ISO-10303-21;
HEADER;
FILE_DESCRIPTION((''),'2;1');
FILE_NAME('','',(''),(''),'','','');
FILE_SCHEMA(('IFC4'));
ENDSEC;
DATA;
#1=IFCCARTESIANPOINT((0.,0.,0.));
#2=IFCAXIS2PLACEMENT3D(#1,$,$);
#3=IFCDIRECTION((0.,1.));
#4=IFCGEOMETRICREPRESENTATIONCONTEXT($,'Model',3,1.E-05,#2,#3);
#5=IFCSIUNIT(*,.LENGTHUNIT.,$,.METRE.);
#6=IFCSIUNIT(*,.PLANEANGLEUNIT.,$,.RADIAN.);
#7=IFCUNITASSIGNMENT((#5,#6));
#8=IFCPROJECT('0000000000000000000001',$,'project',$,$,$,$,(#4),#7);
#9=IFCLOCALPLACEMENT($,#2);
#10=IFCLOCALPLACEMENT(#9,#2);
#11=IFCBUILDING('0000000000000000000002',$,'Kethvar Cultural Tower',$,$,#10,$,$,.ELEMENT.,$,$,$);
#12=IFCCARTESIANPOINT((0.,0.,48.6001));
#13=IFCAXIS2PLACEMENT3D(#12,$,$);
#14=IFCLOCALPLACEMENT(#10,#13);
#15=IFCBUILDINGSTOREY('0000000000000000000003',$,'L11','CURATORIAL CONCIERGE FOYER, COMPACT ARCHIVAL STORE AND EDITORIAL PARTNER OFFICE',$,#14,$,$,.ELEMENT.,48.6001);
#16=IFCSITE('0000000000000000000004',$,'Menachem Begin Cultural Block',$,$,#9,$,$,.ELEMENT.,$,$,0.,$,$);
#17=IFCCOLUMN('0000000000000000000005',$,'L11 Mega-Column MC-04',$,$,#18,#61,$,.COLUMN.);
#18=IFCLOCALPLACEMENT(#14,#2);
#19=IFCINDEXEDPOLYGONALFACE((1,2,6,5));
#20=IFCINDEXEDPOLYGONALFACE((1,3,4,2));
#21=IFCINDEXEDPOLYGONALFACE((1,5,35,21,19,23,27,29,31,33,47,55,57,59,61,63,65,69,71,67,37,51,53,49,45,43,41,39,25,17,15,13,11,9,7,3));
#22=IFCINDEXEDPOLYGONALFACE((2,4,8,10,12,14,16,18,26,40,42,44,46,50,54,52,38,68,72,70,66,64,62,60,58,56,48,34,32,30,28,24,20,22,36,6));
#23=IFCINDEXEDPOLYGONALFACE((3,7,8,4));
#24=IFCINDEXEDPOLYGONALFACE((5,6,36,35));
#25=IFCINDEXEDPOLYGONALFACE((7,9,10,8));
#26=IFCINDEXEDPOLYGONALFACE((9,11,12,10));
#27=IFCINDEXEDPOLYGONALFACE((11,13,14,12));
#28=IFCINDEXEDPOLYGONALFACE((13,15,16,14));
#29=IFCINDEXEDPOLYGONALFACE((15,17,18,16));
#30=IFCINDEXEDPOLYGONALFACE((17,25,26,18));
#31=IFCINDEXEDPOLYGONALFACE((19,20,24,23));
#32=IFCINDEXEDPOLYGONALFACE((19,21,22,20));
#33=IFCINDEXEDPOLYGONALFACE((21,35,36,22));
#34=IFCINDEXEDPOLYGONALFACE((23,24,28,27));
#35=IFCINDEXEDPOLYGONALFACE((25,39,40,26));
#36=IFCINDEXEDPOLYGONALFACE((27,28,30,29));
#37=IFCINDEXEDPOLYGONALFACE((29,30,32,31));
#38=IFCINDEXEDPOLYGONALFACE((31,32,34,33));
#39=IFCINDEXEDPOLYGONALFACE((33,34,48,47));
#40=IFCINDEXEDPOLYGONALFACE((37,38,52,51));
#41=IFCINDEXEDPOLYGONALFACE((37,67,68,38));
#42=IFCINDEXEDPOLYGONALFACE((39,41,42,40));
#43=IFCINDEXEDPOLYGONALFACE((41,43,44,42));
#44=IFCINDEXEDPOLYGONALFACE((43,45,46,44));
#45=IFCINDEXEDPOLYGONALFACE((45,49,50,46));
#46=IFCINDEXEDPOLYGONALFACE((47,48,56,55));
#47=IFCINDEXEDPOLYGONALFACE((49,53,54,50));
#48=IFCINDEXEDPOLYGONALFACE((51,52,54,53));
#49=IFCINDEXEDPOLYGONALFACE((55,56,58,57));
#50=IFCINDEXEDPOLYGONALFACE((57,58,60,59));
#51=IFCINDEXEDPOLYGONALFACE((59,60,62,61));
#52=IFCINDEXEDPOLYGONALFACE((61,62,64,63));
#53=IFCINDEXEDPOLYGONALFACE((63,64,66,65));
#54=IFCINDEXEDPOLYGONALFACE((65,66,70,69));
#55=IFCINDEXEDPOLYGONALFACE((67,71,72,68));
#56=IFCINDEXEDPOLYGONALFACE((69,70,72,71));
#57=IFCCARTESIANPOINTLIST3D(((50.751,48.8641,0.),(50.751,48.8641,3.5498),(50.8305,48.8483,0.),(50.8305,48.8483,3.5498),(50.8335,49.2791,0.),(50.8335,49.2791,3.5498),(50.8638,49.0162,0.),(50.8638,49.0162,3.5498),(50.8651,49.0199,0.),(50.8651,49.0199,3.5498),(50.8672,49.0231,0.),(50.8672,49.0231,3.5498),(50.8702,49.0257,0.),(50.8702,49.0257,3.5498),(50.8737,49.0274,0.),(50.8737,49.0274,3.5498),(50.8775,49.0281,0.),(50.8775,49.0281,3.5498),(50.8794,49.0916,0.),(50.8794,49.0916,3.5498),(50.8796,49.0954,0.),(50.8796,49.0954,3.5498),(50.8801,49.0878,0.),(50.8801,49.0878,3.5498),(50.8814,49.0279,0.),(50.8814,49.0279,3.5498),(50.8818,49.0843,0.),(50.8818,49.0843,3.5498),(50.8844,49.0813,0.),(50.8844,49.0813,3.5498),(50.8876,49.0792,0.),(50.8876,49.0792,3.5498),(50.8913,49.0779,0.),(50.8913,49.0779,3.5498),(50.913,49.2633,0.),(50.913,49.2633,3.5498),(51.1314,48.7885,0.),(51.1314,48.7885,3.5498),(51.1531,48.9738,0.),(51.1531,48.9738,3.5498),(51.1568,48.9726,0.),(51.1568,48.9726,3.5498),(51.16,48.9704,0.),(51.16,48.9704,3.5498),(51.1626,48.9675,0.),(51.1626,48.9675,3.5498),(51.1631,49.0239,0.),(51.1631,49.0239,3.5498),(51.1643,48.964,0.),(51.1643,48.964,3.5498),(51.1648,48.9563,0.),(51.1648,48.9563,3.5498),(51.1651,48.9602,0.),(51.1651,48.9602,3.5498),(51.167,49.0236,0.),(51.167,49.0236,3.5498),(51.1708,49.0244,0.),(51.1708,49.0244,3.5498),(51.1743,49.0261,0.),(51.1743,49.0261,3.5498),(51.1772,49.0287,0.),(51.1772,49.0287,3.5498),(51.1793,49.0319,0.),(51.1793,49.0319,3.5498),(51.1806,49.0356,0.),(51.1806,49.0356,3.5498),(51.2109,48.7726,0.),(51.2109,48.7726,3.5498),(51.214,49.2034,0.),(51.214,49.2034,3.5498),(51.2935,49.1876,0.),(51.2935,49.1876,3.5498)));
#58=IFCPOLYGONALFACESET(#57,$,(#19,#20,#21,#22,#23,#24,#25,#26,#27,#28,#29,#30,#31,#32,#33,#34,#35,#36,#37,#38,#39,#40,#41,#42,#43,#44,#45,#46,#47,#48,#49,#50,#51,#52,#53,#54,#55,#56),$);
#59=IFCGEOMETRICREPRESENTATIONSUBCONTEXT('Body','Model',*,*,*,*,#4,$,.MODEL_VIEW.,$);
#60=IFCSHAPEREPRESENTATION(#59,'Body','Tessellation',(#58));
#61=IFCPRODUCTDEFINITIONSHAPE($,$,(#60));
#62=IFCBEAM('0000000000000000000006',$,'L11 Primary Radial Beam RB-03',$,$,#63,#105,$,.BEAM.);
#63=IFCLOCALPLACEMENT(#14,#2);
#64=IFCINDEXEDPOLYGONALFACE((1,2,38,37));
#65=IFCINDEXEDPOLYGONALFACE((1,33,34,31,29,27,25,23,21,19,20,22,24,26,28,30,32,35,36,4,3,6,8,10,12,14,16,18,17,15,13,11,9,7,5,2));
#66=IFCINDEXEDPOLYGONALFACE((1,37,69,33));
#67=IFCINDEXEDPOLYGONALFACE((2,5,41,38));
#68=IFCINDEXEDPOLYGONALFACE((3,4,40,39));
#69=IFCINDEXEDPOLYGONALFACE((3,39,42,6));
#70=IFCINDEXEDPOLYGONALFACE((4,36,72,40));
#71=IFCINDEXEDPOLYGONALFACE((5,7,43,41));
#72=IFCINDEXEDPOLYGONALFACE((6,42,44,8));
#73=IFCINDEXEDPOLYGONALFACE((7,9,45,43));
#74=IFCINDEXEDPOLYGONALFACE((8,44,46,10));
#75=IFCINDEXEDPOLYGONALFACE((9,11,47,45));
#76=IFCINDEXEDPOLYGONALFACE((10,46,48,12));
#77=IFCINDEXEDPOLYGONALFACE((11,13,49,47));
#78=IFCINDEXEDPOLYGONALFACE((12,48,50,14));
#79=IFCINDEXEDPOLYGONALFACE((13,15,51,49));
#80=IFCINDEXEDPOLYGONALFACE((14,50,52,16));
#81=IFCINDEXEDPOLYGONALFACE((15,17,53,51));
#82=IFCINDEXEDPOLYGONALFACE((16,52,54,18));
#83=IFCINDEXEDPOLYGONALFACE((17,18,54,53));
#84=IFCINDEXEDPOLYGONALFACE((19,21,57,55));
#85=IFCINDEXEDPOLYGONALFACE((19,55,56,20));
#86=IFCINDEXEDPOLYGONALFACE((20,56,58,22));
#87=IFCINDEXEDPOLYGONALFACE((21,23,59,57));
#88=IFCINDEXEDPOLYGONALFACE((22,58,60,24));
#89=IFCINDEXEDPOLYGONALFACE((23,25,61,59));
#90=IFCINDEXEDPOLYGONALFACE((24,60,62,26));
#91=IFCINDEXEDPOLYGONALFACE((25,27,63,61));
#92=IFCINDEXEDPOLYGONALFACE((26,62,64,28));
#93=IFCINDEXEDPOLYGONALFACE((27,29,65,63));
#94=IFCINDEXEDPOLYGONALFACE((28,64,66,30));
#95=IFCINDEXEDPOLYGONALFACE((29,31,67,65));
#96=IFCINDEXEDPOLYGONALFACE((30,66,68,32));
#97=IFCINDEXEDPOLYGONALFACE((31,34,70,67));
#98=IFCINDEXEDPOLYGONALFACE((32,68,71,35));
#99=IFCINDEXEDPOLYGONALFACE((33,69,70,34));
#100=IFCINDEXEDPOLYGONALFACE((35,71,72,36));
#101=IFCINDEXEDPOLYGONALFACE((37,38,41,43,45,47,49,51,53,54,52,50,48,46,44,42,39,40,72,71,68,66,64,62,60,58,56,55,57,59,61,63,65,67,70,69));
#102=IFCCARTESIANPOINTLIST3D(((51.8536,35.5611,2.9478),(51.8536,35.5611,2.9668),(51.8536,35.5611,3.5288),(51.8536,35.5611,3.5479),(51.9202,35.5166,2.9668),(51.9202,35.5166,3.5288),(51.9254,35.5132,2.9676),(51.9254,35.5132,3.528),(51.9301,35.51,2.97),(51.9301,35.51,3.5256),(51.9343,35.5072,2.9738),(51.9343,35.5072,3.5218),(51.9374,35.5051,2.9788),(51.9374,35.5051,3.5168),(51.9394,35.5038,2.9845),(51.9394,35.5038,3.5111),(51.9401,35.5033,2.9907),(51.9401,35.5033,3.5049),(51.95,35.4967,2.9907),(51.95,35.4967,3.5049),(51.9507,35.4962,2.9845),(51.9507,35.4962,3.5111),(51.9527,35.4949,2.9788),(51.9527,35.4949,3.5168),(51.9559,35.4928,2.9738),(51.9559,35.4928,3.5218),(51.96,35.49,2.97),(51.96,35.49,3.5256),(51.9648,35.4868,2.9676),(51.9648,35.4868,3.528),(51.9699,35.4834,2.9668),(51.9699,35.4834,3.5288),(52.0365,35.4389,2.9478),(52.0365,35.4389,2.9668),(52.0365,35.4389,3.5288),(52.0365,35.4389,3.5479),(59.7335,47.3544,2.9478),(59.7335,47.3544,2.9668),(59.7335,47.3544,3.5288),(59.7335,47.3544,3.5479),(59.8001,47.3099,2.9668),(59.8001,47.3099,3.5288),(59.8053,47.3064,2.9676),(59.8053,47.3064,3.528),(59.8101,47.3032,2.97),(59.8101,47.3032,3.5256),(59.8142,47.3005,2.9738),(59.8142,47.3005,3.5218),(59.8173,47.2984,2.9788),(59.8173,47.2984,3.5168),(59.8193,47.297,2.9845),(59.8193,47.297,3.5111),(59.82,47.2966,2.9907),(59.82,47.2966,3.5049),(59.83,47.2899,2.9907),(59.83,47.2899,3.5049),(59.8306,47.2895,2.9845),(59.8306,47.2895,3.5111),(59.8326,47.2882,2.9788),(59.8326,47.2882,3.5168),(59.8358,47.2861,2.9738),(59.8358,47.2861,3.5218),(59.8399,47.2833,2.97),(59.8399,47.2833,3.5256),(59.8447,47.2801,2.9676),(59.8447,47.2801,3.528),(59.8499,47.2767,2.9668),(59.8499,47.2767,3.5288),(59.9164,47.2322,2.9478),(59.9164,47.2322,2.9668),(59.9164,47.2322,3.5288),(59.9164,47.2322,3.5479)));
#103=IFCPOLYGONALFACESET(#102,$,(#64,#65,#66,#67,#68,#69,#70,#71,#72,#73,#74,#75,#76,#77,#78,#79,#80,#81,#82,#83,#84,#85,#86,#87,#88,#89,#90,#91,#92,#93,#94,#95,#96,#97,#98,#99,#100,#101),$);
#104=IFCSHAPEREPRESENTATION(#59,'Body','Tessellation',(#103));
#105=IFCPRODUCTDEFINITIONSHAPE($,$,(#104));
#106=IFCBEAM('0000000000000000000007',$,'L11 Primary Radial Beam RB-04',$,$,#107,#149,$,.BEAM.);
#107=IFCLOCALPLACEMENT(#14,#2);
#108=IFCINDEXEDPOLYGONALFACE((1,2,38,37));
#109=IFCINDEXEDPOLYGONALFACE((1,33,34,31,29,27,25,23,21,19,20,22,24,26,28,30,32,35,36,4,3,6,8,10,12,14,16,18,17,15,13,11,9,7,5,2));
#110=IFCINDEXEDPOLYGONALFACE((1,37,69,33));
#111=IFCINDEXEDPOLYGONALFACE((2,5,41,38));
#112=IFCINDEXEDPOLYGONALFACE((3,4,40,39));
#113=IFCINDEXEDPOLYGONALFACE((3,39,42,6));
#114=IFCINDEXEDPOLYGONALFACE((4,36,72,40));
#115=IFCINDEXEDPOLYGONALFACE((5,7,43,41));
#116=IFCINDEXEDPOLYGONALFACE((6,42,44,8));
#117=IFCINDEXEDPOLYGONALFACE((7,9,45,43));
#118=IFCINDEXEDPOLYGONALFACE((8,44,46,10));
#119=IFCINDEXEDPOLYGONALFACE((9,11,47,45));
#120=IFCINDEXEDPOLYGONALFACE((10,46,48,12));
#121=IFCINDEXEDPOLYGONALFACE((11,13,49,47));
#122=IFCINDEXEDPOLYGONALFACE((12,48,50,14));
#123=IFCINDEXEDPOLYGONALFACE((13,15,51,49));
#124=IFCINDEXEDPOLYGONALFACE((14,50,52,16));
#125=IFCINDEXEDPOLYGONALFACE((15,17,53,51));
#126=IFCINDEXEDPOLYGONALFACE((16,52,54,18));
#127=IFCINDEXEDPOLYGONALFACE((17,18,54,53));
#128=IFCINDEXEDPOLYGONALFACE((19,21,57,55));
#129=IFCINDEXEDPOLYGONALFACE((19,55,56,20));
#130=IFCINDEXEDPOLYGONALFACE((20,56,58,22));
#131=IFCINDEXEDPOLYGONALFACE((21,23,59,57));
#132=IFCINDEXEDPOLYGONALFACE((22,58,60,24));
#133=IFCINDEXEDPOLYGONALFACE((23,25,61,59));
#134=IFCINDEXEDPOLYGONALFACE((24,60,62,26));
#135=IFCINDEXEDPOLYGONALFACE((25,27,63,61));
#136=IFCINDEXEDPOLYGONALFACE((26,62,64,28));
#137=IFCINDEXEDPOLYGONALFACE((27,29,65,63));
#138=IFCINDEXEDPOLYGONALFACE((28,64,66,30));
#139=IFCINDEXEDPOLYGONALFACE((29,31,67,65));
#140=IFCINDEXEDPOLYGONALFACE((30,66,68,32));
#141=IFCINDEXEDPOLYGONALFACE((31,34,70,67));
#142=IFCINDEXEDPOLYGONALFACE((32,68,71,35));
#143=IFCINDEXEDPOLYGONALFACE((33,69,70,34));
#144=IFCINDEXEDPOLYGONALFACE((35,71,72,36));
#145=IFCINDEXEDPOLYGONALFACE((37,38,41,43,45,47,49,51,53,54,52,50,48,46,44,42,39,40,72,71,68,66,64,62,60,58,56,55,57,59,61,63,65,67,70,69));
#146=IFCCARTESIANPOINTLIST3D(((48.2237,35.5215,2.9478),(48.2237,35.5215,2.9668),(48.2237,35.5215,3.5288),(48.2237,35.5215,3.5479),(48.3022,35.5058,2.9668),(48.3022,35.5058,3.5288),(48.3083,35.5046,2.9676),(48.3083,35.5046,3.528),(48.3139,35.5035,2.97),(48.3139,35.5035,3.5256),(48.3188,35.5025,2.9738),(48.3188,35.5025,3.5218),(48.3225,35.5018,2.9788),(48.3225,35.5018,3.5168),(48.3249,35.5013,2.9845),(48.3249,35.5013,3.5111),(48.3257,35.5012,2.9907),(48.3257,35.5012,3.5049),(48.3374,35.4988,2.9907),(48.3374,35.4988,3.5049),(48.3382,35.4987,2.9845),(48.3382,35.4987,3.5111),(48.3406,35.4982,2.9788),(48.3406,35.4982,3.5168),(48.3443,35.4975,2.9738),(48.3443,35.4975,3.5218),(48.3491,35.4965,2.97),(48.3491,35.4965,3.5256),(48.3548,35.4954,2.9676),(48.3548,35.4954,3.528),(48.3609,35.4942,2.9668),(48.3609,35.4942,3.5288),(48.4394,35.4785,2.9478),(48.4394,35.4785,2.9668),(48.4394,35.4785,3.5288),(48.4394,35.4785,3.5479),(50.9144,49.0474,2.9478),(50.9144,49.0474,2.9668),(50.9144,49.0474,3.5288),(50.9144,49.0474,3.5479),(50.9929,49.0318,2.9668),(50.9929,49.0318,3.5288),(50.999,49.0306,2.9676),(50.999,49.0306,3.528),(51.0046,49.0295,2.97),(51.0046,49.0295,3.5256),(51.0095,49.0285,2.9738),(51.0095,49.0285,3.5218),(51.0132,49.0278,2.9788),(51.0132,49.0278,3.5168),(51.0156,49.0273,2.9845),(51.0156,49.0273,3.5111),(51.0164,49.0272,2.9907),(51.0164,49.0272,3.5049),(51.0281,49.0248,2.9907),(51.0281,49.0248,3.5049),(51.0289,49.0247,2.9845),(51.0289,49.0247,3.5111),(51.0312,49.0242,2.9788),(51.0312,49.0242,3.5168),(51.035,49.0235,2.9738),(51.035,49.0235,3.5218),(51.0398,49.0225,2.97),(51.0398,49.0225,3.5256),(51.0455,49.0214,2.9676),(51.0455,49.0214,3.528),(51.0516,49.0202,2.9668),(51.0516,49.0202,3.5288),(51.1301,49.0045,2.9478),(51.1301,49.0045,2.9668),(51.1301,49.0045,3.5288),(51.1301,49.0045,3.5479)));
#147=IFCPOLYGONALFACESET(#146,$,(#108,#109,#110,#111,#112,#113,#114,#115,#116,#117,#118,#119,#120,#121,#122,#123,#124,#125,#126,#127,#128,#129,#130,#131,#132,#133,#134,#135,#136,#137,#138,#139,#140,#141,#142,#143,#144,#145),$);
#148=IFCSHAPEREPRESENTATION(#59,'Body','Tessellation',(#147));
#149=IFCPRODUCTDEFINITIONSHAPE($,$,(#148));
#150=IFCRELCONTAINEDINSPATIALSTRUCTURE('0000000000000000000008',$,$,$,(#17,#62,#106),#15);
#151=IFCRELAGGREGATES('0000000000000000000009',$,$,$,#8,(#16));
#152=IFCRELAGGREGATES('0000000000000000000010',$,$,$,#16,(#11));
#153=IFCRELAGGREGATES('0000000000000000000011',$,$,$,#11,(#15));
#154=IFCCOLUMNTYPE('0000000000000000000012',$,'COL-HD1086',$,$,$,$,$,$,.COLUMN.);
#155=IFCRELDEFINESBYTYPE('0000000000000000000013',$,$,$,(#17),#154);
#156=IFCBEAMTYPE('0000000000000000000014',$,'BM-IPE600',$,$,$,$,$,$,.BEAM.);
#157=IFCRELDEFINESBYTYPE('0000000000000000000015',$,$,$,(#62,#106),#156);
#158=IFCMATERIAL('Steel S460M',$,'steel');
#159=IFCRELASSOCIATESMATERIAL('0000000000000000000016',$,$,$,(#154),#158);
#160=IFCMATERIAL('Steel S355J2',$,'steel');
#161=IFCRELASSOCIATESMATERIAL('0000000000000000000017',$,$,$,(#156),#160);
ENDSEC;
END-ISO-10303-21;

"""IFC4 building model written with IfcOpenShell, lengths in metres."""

from ifc_helpers import new_model, si_unit, direction, frame, origin, origin_2d, place, context, subcontext, project, spatial, i_section, extrude, source, transform, mapped, material, material_profile, profile_set, type_object, element, save


model = new_model("IFC4")

# Units and contexts
model_context = context("Model", 3, precision=1e-05, world=origin(), true_north=direction((0.0, 1.0)))
body_context = subcontext(model_context, "Body", "Model", "MODEL_VIEW")
ifc_project = project(units=[si_unit("LENGTHUNIT", "METRE"), si_unit("PLANEANGLEUNIT", "RADIAN")], contexts=[model_context])

# Site, building, storey
site_placement = place(None, origin())
site = spatial("IfcSite", under=ifc_project, at=site_placement, Name="Menachem Begin Cultural Block", CompositionType="ELEMENT", RefElevation=0.0)
building_placement = place(site_placement, origin())
building = spatial("IfcBuilding", under=site, at=building_placement, Name="Kethvar Cultural Tower", CompositionType="ELEMENT")
storey_placement = place(building_placement, frame((0.0, 0.0, 48.6001)))
storey = spatial("IfcBuildingStorey", under=building, at=storey_placement, Name="L11", Description="CURATORIAL CONCIERGE FOYER, COMPACT ARCHIVAL STORE AND EDITORIAL PARTNER OFFICE", CompositionType="ELEMENT", Elevation=48.6001)

# Column
ifc_material_1 = material(Name="Steel S460M", Category="steel")
ifc_material_profile_1 = material_profile(ifc_material_1, i_section(OverallWidth=0.4231, OverallDepth=0.469, WebThickness=0.051, FlangeThickness=0.0811, FilletRadius=0.0149, at=origin_2d()), Name="Steel S460M — HD400x1086")
ifc_profile_set_1 = profile_set([ifc_material_profile_1], Name="Steel S460M — HD400x1086")
column_type = type_object("IfcColumnType", Name="COL-HD1086", PredefinedType="COLUMN", material=ifc_profile_set_1)
shared_shape_1 = source(origin(), body_context, "Body", "SweptSolid", [
    extrude(i_section(OverallWidth=0.4231, OverallDepth=0.469, WebThickness=0.051, FlangeThickness=0.0811, FilletRadius=0.0149, at=origin_2d()), origin(), (0.0, 0.0, 1.0), 3.5498),
])
column_placement = place(storey_placement, frame((51.0222, 49.0259, 0.0), z_axis=(0.0, 0.0, 1.0), x_axis=(0.19509, 0.980785, 0.0)))
element("IfcColumn", 1, at=column_placement, inside=storey, type_object=column_type, Name="L11 Mega-Column MC-04", PredefinedType="COLUMN", context=body_context, shape_type="MappedRepresentation", body=[
    mapped(shared_shape_1, transform((0.0, 0.0, 0.0), scale=1.0)),
])

# Beams
ifc_material_2 = material(Name="Steel S355J2", Category="steel")
ifc_material_profile_2 = material_profile(ifc_material_2, i_section(OverallWidth=0.22, OverallDepth=0.6001, WebThickness=0.012, FlangeThickness=0.019, FilletRadius=0.0239, at=origin_2d()), Name="Steel S355J2 — IPE600")
ifc_profile_set_2 = profile_set([ifc_material_profile_2], Name="Steel S355J2 — IPE600")
beam_type_1 = type_object("IfcBeamType", Name="BM-IPE600", PredefinedType="BEAM", material=ifc_profile_set_2)
shared_shape_2 = source(origin(), body_context, "Body", "SweptSolid", [
    extrude(i_section(OverallWidth=0.22, OverallDepth=0.6001, WebThickness=0.012, FlangeThickness=0.019, FilletRadius=0.0239, at=origin_2d()), origin(), (0.0, 0.0, 1.0), 14.1836),
])
beam_1_placement = place(storey_placement, frame((51.9451, 35.5, 3.2478), z_axis=(0.555566, 0.831473, 0.0), x_axis=(-0.831473, 0.555566, 0.0)))
element("IfcBeam", 2, at=beam_1_placement, inside=storey, type_object=beam_type_1, Name="L11 Primary Radial Beam RB-03", PredefinedType="BEAM", context=body_context, shape_type="MappedRepresentation", body=[
    mapped(shared_shape_2, transform((0.0, 0.0, 0.0), scale=1.0)),
])
shared_shape_3 = source(origin(), body_context, "Body", "SweptSolid", [
    extrude(i_section(OverallWidth=0.22, OverallDepth=0.6001, WebThickness=0.012, FlangeThickness=0.019, FilletRadius=0.0239, at=origin_2d()), origin(), (0.0, 0.0, 1.0), 13.791),
])
beam_2_placement = place(storey_placement, frame((48.3315, 35.5, 3.2478), z_axis=(0.195105, 0.980782, 0.0), x_axis=(-0.980782, 0.195105, 0.0)))
element("IfcBeam", 3, at=beam_2_placement, inside=storey, type_object=beam_type_1, Name="L11 Primary Radial Beam RB-04", PredefinedType="BEAM", context=body_context, shape_type="MappedRepresentation", body=[
    mapped(shared_shape_3, transform((0.0, 0.0, 0.0), scale=1.0)),
])

save(model, "model.ifc")
